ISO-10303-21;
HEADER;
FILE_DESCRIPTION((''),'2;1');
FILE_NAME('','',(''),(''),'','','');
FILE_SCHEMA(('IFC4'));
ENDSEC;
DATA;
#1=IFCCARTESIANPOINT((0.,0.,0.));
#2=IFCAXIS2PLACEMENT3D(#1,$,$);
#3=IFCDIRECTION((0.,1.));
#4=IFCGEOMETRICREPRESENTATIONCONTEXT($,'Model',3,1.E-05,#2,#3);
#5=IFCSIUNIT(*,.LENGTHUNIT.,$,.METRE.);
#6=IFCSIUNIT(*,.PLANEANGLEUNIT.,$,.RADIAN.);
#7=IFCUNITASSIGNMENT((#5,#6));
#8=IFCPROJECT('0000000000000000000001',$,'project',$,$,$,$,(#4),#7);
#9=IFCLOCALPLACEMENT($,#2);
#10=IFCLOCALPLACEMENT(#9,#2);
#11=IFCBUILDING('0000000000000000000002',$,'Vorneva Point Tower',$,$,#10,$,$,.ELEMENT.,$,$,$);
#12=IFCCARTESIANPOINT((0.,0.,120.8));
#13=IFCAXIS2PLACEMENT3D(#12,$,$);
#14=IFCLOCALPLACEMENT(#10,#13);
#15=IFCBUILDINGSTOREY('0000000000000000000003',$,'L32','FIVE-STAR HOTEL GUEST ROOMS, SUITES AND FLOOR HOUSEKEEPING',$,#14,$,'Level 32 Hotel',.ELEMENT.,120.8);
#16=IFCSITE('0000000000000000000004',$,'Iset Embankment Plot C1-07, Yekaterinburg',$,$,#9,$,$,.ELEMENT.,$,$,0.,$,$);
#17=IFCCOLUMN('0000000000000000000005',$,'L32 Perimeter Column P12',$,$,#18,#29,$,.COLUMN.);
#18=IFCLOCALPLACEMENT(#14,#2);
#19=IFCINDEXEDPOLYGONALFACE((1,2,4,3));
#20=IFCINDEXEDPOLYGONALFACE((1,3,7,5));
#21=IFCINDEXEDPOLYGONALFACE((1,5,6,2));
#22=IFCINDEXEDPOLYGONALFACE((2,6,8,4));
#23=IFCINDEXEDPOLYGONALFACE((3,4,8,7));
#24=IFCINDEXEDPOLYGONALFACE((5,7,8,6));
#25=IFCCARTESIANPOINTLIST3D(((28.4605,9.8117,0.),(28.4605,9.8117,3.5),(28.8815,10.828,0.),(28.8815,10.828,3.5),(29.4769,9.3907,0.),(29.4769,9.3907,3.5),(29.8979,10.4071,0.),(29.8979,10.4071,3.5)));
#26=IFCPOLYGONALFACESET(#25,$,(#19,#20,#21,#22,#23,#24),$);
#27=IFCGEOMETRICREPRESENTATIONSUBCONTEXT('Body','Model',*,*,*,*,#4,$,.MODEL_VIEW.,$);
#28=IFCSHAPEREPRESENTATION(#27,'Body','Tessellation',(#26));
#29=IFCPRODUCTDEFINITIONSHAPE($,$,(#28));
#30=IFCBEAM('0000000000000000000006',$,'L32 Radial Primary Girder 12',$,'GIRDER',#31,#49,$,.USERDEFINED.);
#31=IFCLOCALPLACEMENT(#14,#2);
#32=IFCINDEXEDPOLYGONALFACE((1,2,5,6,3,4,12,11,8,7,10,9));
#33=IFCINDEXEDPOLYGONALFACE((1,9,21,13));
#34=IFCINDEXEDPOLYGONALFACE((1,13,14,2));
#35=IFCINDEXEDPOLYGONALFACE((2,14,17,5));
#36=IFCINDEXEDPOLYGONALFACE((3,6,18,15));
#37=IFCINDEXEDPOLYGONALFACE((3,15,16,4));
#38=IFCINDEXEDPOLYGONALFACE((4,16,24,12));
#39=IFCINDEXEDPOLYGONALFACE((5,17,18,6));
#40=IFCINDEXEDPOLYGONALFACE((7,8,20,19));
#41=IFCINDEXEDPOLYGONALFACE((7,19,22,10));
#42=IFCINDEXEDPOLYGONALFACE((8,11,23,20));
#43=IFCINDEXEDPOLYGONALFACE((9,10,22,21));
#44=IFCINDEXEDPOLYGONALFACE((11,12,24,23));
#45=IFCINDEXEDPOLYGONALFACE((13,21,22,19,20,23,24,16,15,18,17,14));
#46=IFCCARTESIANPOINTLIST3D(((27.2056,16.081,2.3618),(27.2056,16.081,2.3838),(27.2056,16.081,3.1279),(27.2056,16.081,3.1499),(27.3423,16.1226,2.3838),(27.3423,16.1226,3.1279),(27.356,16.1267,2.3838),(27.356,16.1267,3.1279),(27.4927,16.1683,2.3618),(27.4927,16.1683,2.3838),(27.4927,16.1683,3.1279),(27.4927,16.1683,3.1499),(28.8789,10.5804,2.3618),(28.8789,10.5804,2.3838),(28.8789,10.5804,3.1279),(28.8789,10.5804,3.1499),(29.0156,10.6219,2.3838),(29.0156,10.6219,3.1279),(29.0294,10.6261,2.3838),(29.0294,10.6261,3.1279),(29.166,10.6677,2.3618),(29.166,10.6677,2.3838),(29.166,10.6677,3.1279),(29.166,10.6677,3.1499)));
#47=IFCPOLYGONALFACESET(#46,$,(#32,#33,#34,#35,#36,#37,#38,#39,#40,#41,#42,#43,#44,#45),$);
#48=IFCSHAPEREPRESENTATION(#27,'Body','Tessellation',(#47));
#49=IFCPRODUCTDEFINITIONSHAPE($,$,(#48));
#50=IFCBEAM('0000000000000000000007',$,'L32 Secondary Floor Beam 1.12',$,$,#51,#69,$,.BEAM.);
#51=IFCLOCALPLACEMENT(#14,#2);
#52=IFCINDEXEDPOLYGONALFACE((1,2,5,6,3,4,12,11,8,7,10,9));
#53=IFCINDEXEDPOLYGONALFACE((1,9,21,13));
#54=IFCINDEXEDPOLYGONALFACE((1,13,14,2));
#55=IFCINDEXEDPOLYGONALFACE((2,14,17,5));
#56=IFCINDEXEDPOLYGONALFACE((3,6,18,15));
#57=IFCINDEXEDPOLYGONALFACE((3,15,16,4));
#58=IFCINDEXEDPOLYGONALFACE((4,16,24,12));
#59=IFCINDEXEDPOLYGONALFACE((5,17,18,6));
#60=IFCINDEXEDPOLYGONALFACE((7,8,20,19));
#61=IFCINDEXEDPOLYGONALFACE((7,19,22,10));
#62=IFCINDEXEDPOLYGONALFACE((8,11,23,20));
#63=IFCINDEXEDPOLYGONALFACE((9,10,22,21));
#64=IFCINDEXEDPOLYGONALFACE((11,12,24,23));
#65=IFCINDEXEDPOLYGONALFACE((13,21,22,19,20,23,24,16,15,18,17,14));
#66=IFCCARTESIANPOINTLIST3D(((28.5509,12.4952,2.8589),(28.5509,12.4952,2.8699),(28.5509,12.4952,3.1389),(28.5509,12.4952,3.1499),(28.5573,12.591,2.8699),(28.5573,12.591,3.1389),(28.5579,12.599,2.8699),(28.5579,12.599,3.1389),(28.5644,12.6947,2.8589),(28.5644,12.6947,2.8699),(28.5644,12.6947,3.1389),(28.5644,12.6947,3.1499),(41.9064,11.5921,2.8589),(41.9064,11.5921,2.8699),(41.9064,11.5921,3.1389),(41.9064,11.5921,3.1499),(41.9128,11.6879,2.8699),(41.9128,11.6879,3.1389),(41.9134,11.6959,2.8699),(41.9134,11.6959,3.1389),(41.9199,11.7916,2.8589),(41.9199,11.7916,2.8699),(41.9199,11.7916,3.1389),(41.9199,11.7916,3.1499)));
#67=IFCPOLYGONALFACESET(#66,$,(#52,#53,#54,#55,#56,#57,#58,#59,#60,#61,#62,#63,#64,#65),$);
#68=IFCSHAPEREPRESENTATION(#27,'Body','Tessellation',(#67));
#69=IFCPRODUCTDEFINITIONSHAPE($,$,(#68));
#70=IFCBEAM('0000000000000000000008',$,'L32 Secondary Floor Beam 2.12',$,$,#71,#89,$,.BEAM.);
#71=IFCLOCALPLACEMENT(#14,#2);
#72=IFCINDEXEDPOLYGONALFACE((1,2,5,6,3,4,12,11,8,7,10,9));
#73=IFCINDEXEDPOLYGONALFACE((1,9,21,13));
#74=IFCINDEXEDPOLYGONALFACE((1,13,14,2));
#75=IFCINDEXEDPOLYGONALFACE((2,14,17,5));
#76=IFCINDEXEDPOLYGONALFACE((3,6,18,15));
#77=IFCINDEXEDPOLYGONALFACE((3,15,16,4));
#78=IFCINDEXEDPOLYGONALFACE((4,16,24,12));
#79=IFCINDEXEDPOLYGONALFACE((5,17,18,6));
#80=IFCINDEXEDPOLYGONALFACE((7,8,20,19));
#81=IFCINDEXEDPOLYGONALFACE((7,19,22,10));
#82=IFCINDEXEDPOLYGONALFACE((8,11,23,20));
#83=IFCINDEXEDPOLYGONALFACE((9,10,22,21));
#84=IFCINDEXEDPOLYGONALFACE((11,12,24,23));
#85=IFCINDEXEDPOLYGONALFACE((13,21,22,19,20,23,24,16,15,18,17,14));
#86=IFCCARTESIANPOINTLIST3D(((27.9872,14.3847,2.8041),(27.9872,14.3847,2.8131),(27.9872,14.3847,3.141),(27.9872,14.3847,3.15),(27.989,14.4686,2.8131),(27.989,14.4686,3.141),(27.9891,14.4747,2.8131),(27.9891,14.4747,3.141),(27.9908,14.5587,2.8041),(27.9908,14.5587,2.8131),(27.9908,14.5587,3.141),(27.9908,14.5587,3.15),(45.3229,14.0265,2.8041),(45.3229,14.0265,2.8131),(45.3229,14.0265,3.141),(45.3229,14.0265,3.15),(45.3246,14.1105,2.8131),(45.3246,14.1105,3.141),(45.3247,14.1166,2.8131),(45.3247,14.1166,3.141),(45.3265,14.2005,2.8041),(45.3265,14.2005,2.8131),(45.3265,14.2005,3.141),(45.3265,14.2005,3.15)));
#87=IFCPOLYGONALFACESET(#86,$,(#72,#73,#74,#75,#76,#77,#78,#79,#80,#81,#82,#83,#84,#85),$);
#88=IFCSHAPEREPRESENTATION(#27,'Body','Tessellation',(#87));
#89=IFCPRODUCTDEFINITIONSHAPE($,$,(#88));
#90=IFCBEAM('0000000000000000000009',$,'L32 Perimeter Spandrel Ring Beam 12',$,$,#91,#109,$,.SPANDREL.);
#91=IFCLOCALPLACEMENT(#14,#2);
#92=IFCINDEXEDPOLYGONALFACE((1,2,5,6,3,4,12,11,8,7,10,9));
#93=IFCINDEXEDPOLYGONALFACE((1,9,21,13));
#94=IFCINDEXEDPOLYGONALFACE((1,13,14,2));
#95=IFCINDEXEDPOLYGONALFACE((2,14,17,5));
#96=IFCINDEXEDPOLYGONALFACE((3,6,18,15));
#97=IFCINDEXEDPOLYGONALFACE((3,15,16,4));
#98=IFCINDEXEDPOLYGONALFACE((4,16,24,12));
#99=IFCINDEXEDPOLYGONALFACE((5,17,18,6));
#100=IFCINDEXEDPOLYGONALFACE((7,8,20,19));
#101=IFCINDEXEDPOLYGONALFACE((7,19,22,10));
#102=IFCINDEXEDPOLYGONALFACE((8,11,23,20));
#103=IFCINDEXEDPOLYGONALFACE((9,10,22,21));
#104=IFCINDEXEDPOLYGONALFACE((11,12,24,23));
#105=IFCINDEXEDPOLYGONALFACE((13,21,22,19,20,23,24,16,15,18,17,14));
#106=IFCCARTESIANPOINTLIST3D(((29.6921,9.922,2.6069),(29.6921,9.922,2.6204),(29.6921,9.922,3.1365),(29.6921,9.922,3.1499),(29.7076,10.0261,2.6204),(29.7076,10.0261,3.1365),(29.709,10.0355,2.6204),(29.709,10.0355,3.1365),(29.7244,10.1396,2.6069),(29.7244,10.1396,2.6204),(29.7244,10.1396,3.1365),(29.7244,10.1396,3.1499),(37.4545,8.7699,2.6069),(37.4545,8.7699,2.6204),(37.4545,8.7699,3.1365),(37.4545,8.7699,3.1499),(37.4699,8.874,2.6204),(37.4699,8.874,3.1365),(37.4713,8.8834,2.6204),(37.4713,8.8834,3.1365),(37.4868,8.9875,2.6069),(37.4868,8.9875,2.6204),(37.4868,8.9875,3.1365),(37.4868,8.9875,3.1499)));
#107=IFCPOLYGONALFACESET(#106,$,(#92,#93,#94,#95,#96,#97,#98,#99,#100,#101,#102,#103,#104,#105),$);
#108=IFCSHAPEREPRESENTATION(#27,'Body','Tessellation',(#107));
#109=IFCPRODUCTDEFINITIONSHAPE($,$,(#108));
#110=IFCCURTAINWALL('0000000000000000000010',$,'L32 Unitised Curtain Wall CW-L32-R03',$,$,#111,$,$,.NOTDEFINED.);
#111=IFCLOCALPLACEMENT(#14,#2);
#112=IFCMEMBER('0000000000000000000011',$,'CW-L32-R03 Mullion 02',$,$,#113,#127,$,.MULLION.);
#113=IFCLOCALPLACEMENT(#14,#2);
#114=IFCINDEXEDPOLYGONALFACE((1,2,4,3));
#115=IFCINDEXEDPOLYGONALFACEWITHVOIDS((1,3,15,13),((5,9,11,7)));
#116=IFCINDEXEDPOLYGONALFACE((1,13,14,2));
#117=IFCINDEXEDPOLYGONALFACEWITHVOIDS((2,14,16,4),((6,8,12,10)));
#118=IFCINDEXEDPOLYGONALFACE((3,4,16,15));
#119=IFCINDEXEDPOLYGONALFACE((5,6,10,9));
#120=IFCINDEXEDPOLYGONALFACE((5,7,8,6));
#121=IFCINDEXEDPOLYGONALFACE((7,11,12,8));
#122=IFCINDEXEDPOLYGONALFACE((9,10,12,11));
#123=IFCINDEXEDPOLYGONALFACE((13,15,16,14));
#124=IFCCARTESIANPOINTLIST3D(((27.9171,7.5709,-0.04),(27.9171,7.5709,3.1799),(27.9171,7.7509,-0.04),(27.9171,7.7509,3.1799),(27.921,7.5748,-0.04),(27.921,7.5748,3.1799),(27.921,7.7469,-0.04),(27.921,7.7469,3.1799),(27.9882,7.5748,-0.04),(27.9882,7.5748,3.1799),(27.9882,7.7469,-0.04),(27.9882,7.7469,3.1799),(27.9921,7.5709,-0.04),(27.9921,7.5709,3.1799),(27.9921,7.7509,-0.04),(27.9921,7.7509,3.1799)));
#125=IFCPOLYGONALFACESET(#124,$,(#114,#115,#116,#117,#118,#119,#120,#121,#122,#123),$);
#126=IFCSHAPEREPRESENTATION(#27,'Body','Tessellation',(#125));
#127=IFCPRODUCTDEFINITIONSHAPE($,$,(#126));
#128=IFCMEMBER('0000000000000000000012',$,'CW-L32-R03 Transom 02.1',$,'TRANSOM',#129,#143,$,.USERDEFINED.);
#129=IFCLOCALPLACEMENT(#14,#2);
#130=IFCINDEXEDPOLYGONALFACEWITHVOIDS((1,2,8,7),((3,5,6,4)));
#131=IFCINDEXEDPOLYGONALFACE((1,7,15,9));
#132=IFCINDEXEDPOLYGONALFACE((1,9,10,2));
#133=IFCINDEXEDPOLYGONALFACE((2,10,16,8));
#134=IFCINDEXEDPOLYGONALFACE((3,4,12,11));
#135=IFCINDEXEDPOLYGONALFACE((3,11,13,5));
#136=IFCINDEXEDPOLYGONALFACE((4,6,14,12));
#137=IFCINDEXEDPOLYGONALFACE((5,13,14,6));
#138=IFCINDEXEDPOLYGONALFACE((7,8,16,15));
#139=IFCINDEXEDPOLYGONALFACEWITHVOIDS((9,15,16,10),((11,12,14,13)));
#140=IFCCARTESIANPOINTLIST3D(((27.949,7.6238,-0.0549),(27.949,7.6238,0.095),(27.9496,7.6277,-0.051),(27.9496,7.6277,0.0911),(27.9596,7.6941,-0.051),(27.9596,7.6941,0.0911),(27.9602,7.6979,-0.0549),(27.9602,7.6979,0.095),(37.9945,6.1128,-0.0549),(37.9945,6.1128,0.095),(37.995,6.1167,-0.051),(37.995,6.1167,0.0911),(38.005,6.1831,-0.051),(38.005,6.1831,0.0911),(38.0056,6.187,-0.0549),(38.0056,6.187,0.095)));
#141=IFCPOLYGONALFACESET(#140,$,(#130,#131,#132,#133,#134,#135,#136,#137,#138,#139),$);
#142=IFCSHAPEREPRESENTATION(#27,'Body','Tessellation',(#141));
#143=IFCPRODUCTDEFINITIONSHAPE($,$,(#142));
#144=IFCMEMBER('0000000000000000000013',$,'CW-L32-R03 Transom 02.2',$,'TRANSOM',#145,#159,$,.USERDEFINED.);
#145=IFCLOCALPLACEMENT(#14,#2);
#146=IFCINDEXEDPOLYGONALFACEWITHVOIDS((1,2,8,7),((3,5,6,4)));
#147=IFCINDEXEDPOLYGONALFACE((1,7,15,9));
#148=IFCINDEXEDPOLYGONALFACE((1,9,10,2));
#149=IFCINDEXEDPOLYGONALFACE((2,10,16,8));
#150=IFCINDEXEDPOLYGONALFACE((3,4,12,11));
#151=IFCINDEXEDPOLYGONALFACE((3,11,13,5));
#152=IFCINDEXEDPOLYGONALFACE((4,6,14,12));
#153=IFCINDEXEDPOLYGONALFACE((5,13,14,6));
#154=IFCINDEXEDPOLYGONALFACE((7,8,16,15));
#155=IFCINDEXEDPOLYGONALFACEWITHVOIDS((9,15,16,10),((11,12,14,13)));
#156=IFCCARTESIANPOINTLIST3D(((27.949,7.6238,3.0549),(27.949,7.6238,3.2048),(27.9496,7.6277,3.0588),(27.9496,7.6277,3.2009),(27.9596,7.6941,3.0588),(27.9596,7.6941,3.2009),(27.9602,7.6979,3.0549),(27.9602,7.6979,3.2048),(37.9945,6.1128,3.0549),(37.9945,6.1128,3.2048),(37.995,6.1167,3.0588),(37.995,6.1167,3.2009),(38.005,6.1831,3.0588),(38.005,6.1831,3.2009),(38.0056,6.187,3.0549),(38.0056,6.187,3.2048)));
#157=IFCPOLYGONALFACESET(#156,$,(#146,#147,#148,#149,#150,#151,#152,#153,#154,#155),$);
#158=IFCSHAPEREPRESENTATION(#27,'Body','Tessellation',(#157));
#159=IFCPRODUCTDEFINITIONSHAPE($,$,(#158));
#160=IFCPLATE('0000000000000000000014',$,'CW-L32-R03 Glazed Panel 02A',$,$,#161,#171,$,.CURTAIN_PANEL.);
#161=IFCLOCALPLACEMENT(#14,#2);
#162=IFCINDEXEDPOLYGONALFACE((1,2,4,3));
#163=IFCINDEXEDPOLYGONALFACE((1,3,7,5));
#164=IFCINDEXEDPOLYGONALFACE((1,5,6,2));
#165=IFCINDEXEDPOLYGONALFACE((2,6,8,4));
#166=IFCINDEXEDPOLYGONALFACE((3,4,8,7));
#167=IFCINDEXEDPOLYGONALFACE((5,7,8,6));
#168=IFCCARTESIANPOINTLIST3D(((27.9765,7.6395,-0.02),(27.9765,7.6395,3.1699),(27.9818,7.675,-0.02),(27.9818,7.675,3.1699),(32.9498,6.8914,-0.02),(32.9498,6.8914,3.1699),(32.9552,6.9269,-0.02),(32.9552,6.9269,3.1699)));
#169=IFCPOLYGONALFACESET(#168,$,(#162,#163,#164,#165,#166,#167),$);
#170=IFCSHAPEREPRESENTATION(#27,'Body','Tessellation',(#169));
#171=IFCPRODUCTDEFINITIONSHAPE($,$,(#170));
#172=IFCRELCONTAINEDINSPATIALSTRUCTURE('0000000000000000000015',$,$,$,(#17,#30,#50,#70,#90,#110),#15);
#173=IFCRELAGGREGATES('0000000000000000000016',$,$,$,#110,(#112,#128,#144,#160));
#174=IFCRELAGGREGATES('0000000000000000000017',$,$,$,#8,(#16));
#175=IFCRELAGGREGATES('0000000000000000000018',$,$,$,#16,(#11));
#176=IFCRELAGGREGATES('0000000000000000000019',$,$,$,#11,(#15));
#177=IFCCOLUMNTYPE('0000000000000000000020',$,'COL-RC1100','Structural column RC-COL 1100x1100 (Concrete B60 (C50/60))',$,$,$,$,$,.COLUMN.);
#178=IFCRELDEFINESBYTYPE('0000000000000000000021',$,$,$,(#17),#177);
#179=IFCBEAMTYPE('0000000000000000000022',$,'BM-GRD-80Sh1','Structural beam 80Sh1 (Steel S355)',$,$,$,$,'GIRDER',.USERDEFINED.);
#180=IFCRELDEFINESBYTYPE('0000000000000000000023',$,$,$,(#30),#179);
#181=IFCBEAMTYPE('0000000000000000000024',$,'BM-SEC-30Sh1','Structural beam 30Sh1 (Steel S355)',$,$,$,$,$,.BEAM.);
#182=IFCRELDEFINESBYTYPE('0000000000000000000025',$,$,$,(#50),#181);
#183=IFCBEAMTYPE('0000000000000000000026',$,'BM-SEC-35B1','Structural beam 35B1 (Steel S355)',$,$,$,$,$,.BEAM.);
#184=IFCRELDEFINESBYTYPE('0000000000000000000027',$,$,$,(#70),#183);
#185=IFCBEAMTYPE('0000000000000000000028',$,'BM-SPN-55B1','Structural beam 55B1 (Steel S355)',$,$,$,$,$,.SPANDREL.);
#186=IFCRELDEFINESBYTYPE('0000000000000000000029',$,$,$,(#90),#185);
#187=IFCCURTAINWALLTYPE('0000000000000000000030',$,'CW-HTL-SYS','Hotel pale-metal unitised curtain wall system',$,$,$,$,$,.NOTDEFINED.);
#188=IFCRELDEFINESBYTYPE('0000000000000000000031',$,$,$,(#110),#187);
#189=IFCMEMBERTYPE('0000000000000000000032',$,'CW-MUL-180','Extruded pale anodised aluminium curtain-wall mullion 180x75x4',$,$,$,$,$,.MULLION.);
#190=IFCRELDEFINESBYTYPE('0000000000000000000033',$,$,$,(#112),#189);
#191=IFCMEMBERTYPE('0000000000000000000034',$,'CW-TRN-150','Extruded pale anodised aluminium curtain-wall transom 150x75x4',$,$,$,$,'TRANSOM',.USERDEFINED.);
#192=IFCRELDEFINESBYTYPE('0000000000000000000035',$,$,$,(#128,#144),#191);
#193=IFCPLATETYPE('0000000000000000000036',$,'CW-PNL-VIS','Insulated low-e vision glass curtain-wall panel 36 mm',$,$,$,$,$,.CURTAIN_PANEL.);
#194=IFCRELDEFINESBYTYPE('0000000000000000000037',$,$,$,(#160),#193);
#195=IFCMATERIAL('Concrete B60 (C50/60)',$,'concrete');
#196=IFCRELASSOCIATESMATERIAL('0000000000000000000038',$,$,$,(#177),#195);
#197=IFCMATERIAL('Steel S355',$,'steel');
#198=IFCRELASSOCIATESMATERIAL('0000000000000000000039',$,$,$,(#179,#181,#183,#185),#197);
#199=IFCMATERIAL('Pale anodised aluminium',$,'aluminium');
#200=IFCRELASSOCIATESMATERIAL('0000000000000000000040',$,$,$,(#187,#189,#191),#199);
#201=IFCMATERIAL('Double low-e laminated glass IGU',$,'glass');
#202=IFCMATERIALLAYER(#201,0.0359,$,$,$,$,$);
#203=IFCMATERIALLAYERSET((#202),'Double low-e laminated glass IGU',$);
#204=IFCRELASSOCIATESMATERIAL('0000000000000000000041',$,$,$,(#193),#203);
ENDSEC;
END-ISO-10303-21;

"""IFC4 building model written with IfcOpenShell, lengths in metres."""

from ifc_helpers import new_model, si_unit, direction, frame, origin, origin_2d, place, context, subcontext, project, spatial, rectangle, hollow_rectangle, i_section, extrude, material, layer, layer_set, material_profile, profile_set, type_object, element, aggregate, save


model = new_model("IFC4")

# Units and contexts
model_context = context("Model", 3, precision=1e-05, world=origin(), true_north=direction((0.0, 1.0)))
body_context = subcontext(model_context, "Body", "Model", "MODEL_VIEW")
ifc_project = project(units=[si_unit("LENGTHUNIT", "METRE"), si_unit("PLANEANGLEUNIT", "RADIAN")], contexts=[model_context])

# Site, building, storey
site_placement = place(None, origin())
site = spatial("IfcSite", under=ifc_project, at=site_placement, Name="Iset Embankment Plot C1-07, Yekaterinburg", CompositionType="ELEMENT", RefElevation=0.0)
building_placement = place(site_placement, origin())
building = spatial("IfcBuilding", under=site, at=building_placement, Name="Vorneva Point Tower", CompositionType="ELEMENT")
storey_placement = place(building_placement, frame((0.0, 0.0, 120.8)))
storey = spatial("IfcBuildingStorey", under=building, at=storey_placement, Name="L32", Description="FIVE-STAR HOTEL GUEST ROOMS, SUITES AND FLOOR HOUSEKEEPING", LongName="Level 32 Hotel", CompositionType="ELEMENT", Elevation=120.8)

# Column
ifc_material_1 = material(Name="Concrete B60 (C50/60)", Category="concrete")
ifc_material_profile_1 = material_profile(ifc_material_1, rectangle(XDim=1.1001, YDim=1.1001, at=origin_2d()), Name="RC-COL 1100x1100")
ifc_profile_set_1 = profile_set([ifc_material_profile_1], Name="Concrete B60 (C50/60)")
column_type = type_object("IfcColumnType", Name="COL-RC1100", Description="Structural column RC-COL 1100x1100 (Concrete B60 (C50/60))", PredefinedType="COLUMN", material=ifc_profile_set_1)
column_placement = place(storey_placement, frame((29.1792, 10.1094, 0.0), z_axis=(0.0, 0.0, 1.0), x_axis=(-0.382683, -0.92388, 0.0)))
element("IfcColumn", 1, at=column_placement, inside=storey, type_object=column_type, Name="L32 Perimeter Column P12", PredefinedType="COLUMN", context=body_context, shape_type="SweptSolid", body=[
    extrude(rectangle(XDim=1.1001, YDim=1.1001, at=origin_2d()), origin(), (0.0, 0.0, 1.0), 3.5),
])

# Beams
ifc_material_2 = material(Name="Steel S355", Category="steel")
ifc_material_profile_2 = material_profile(ifc_material_2, i_section(OverallWidth=0.3, OverallDepth=0.7881, WebThickness=0.0144, FlangeThickness=0.022, at=origin_2d()), Name="80Sh1")
ifc_profile_set_2 = profile_set([ifc_material_profile_2], Name="Steel S355")
beam_type_1 = type_object("IfcBeamType", Name="BM-GRD-80Sh1", Description="Structural beam 80Sh1 (Steel S355)", ElementType="GIRDER", PredefinedType="USERDEFINED", material=ifc_profile_set_2)
beam_1_placement = place(storey_placement, frame((29.0225, 10.624, 2.7559), z_axis=(-0.291035, 0.956712, 0.0), x_axis=(-0.956712, -0.291035, 0.0)))
element("IfcBeam", 2, at=beam_1_placement, inside=storey, type_object=beam_type_1, Name="L32 Radial Primary Girder 12", ObjectType="GIRDER", PredefinedType="USERDEFINED", context=body_context, shape_type="SweptSolid", body=[
    extrude(i_section(OverallWidth=0.3, OverallDepth=0.7881, WebThickness=0.0144, FlangeThickness=0.022, at=origin_2d()), origin(), (0.0, 0.0, 1.0), 5.7495),
])
ifc_material_profile_3 = material_profile(ifc_material_2, i_section(OverallWidth=0.2, OverallDepth=0.291, WebThickness=0.0081, FlangeThickness=0.011, at=origin_2d()), Name="30Sh1")
ifc_profile_set_3 = profile_set([ifc_material_profile_3], Name="Steel S355")
beam_type_2 = type_object("IfcBeamType", Name="BM-SEC-30Sh1", Description="Structural beam 30Sh1 (Steel S355)", PredefinedType="BEAM", material=ifc_profile_set_3)
beam_2_placement = place(storey_placement, frame((28.5576, 12.595, 3.0044), z_axis=(0.997722, -0.067464, 0.0), x_axis=(0.067464, 0.997722, 0.0)))
element("IfcBeam", 3, at=beam_2_placement, inside=storey, type_object=beam_type_2, Name="L32 Secondary Floor Beam 1.12", PredefinedType="BEAM", context=body_context, shape_type="SweptSolid", body=[
    extrude(i_section(OverallWidth=0.2, OverallDepth=0.291, WebThickness=0.0081, FlangeThickness=0.011, at=origin_2d()), origin(), (0.0, 0.0, 1.0), 13.386),
])
ifc_material_profile_4 = material_profile(ifc_material_2, i_section(OverallWidth=0.1741, OverallDepth=0.3459, WebThickness=0.0061, FlangeThickness=0.009, at=origin_2d()), Name="35B1")
ifc_profile_set_4 = profile_set([ifc_material_profile_4], Name="Steel S355")
beam_type_3 = type_object("IfcBeamType", Name="BM-SEC-35B1", Description="Structural beam 35B1 (Steel S355)", PredefinedType="BEAM", material=ifc_profile_set_4)
beam_3_placement = place(storey_placement, frame((27.989, 14.4717, 2.9771), z_axis=(0.999787, -0.020656, 0.0), x_axis=(0.020656, 0.999787, 0.0)))
element("IfcBeam", 4, at=beam_3_placement, inside=storey, type_object=beam_type_3, Name="L32 Secondary Floor Beam 2.12", PredefinedType="BEAM", context=body_context, shape_type="SweptSolid", body=[
    extrude(i_section(OverallWidth=0.1741, OverallDepth=0.3459, WebThickness=0.0061, FlangeThickness=0.009, at=origin_2d()), origin(), (0.0, 0.0, 1.0), 17.3394),
])
ifc_material_profile_5 = material_profile(ifc_material_2, i_section(OverallWidth=0.22, OverallDepth=0.543, WebThickness=0.0095, FlangeThickness=0.0134, at=origin_2d()), Name="55B1")
ifc_profile_set_5 = profile_set([ifc_material_profile_5], Name="Steel S355")
beam_type_4 = type_object("IfcBeamType", Name="BM-SPN-55B1", Description="Structural beam 55B1 (Steel S355)", PredefinedType="SPANDREL", material=ifc_profile_set_5)
beam_4_placement = place(storey_placement, frame((29.7083, 10.0308, 2.8784), z_axis=(0.989165, -0.146811, 0.0), x_axis=(0.146811, 0.989165, 0.0)))
element("IfcBeam", 5, at=beam_4_placement, inside=storey, type_object=beam_type_4, Name="L32 Perimeter Spandrel Ring Beam 12", PredefinedType="SPANDREL", context=body_context, shape_type="SweptSolid", body=[
    extrude(i_section(OverallWidth=0.22, OverallDepth=0.543, WebThickness=0.0095, FlangeThickness=0.0134, at=origin_2d()), origin(), (0.0, 0.0, 1.0), 7.8474),
])

# Curtain wall, members, plate
ifc_material_3 = material(Name="Pale anodised aluminium", Category="aluminium")
curtain_wall_type = type_object("IfcCurtainWallType", Name="CW-HTL-SYS", Description="Hotel pale-metal unitised curtain wall system", PredefinedType="NOTDEFINED", material=ifc_material_3)
curtain_wall_placement = place(storey_placement, origin())
curtain_wall = element("IfcCurtainWall", 6, at=curtain_wall_placement, inside=storey, type_object=curtain_wall_type, Name="L32 Unitised Curtain Wall CW-L32-R03", PredefinedType="NOTDEFINED")
ifc_material_profile_6 = material_profile(ifc_material_3, hollow_rectangle(XDim=0.075, YDim=0.1799, WallThickness=0.0039, at=origin_2d()), Name="AL-MUL 180x75x4")
ifc_profile_set_6 = profile_set([ifc_material_profile_6], Name="Pale anodised aluminium")
member_type_1 = type_object("IfcMemberType", Name="CW-MUL-180", Description="Extruded pale anodised aluminium curtain-wall mullion 180x75x4", PredefinedType="MULLION", material=ifc_profile_set_6)
member_1_placement = place(storey_placement, frame((27.9546, 7.6609, -0.04), z_axis=(0.0, 0.0, 1.0), x_axis=(1.0, 0.0, 0.0)))
member_1 = element("IfcMember", 7, at=member_1_placement, type_object=member_type_1, Name="CW-L32-R03 Mullion 02", PredefinedType="MULLION", context=body_context, shape_type="SweptSolid", body=[
    extrude(hollow_rectangle(XDim=0.075, YDim=0.1799, WallThickness=0.0039, at=origin_2d()), origin(), (0.0, 0.0, 1.0), 3.22),
])
ifc_material_profile_7 = material_profile(ifc_material_3, hollow_rectangle(XDim=0.075, YDim=0.1499, WallThickness=0.0039, at=origin_2d()), Name="AL-TRN 150x75x4")
ifc_profile_set_7 = profile_set([ifc_material_profile_7], Name="Pale anodised aluminium")
member_type_2 = type_object("IfcMemberType", Name="CW-TRN-150", Description="Extruded pale anodised aluminium curtain-wall transom 150x75x4", ElementType="TRANSOM", PredefinedType="USERDEFINED", material=ifc_profile_set_7)
member_2_placement = place(storey_placement, frame((27.9546, 7.6609, 0.02), z_axis=(0.988876, -0.148742, 0.0), x_axis=(0.148742, 0.988876, 0.0)))
member_2 = element("IfcMember", 8, at=member_2_placement, type_object=member_type_2, Name="CW-L32-R03 Transom 02.1", ObjectType="TRANSOM", PredefinedType="USERDEFINED", context=body_context, shape_type="SweptSolid", body=[
    extrude(hollow_rectangle(XDim=0.075, YDim=0.1499, WallThickness=0.0039, at=origin_2d()), origin(), (0.0, 0.0, 1.0), 10.1584),
])
member_3_placement = place(storey_placement, frame((27.9546, 7.6609, 3.1299), z_axis=(0.988876, -0.148742, 0.0), x_axis=(0.148742, 0.988876, 0.0)))
member_3 = element("IfcMember", 9, at=member_3_placement, type_object=member_type_2, Name="CW-L32-R03 Transom 02.2", ObjectType="TRANSOM", PredefinedType="USERDEFINED", context=body_context, shape_type="SweptSolid", body=[
    extrude(hollow_rectangle(XDim=0.075, YDim=0.1499, WallThickness=0.0039, at=origin_2d()), origin(), (0.0, 0.0, 1.0), 10.1584),
])
ifc_material_4 = material(Name="Double low-e laminated glass IGU", Category="glass")
ifc_layer_1 = layer(ifc_material_4, 0.0359)
ifc_layer_set_1 = layer_set([ifc_layer_1], Name="Double low-e laminated glass IGU")
plate_type = type_object("IfcPlateType", Name="CW-PNL-VIS", Description="Insulated low-e vision glass curtain-wall panel 36 mm", PredefinedType="CURTAIN_PANEL", material=ifc_layer_set_1)
plate_1_placement = place(storey_placement, frame((30.4658, 7.2832, -0.02), z_axis=(0.0, 0.0, 1.0), x_axis=(0.988876, -0.148741, 0.0)))
plate_1 = element("IfcPlate", 10, at=plate_1_placement, type_object=plate_type, Name="CW-L32-R03 Glazed Panel 02A", PredefinedType="CURTAIN_PANEL", context=body_context, shape_type="SweptSolid", body=[
    extrude(rectangle(XDim=5.0293, YDim=0.0359, at=origin_2d()), origin(), (0.0, 0.0, 1.0), 3.1899),
])
aggregate(curtain_wall, [member_1, member_2, member_3, plate_1])

save(model, "model.ifc")
